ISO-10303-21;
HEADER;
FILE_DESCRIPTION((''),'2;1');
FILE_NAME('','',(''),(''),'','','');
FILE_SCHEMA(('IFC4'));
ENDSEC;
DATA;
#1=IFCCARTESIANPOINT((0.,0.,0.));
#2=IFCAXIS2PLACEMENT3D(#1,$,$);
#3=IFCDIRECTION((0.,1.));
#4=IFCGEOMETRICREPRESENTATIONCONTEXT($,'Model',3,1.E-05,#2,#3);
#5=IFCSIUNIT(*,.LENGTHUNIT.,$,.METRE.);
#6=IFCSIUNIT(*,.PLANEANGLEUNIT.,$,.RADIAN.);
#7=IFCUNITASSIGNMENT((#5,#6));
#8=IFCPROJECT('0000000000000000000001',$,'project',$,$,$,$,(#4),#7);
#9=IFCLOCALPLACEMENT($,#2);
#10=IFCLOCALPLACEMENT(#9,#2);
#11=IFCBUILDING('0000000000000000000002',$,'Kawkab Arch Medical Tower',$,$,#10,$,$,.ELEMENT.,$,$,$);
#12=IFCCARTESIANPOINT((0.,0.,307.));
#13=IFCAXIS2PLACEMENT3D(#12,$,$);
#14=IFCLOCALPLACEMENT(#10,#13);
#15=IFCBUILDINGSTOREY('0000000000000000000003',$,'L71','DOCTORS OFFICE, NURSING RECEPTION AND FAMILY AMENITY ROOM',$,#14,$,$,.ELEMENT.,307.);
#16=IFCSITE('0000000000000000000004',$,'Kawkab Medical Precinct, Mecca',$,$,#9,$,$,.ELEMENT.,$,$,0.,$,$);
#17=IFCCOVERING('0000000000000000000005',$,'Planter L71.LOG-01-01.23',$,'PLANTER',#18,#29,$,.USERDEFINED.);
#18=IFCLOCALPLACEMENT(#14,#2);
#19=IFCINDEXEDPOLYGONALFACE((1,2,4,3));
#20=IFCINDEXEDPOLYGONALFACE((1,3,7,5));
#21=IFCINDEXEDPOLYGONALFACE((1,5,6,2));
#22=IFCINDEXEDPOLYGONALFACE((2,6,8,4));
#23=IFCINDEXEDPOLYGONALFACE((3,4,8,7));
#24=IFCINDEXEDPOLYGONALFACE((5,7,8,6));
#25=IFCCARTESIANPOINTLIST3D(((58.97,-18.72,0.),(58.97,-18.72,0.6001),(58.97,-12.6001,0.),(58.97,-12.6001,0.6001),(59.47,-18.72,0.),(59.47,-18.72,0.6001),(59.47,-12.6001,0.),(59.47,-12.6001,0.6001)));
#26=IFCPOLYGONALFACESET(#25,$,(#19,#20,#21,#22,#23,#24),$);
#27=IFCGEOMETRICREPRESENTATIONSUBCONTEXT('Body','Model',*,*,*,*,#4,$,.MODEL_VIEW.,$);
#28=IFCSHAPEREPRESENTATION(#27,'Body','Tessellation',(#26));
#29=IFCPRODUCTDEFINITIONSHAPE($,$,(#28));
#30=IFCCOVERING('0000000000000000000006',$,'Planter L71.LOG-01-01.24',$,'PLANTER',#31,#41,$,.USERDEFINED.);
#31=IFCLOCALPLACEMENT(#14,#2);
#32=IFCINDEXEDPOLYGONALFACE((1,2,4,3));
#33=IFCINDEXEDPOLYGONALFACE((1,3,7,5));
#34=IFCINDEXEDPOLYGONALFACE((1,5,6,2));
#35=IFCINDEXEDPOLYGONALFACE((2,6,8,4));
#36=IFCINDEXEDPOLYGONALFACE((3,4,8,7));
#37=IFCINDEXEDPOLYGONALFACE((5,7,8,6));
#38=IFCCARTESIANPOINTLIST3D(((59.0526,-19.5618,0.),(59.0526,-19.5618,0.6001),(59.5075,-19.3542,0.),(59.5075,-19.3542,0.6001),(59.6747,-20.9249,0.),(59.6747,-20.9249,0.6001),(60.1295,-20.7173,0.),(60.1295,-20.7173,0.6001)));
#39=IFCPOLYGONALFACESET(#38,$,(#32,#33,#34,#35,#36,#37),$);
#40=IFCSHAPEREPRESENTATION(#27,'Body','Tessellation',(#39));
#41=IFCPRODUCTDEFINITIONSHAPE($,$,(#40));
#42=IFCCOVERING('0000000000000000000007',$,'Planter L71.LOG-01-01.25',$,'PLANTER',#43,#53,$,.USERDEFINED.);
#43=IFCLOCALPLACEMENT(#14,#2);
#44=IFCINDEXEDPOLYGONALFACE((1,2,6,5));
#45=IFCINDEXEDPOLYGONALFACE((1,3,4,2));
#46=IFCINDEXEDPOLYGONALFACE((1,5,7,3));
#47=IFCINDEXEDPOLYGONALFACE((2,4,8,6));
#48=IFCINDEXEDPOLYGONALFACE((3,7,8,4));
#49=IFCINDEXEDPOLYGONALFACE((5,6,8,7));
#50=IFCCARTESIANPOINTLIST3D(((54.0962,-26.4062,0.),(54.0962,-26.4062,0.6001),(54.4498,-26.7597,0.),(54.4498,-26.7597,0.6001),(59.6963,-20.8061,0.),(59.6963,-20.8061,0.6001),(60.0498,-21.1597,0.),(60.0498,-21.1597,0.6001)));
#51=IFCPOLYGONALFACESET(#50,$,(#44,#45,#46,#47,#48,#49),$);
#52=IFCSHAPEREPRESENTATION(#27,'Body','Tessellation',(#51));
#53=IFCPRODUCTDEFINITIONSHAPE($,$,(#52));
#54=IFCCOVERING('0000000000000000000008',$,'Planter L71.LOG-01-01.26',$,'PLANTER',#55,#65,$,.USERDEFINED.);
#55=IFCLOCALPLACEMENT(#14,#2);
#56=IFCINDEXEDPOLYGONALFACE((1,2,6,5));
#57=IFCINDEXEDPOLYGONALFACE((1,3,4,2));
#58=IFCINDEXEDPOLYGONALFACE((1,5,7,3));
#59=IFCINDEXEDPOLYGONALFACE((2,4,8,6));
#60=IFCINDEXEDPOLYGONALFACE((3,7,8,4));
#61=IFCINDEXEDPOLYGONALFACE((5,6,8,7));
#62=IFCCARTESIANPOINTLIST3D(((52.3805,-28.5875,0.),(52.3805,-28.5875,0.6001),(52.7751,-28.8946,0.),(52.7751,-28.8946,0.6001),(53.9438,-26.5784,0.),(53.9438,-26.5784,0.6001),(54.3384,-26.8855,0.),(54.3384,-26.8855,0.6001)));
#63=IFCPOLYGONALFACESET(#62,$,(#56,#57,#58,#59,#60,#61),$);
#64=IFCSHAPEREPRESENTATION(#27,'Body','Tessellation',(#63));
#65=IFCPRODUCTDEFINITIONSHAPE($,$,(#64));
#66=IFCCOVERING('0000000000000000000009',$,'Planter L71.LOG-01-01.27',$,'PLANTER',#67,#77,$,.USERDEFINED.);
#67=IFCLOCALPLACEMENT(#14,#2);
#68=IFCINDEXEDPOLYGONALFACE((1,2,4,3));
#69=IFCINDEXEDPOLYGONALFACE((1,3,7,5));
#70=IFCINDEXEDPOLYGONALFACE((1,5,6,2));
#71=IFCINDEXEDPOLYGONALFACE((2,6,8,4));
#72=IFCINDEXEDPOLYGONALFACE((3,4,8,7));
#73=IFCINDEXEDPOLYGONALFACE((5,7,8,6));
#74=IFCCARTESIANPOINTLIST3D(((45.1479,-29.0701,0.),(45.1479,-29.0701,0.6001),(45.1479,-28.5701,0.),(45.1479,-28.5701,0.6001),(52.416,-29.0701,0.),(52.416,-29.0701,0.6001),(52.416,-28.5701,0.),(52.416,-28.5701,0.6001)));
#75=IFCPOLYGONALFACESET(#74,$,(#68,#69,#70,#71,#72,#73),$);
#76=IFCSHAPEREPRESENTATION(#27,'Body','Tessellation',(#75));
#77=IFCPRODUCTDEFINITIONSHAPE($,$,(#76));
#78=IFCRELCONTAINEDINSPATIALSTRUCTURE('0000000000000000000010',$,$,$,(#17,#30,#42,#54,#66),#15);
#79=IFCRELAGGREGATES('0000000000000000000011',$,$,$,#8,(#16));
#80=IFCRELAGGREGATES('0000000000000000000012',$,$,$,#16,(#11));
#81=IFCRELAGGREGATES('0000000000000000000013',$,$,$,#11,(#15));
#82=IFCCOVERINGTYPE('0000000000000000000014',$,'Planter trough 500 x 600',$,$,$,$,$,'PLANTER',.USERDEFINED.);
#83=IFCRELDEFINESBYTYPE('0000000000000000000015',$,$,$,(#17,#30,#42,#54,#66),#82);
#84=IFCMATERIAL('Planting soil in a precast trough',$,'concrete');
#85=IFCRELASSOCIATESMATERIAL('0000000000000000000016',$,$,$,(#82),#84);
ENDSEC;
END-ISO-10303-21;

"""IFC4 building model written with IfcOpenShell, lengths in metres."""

from ifc_helpers import new_model, si_unit, direction, frame, origin, origin_2d, place, context, subcontext, project, spatial, rectangle, extrude, material, material_profile, profile_set, type_object, element, save


model = new_model("IFC4")

# Units and contexts
model_context = context("Model", 3, precision=1e-05, world=origin(), true_north=direction((0.0, 1.0)))
body_context = subcontext(model_context, "Body", "Model", "MODEL_VIEW")
ifc_project = project(units=[si_unit("LENGTHUNIT", "METRE"), si_unit("PLANEANGLEUNIT", "RADIAN")], contexts=[model_context])

# Site, building, storey
site_placement = place(None, origin())
site = spatial("IfcSite", under=ifc_project, at=site_placement, Name="Kawkab Medical Precinct, Mecca", CompositionType="ELEMENT", RefElevation=0.0)
building_placement = place(site_placement, origin())
building = spatial("IfcBuilding", under=site, at=building_placement, Name="Kawkab Arch Medical Tower", CompositionType="ELEMENT")
storey_placement = place(building_placement, frame((0.0, 0.0, 307.0)))
storey = spatial("IfcBuildingStorey", under=building, at=storey_placement, Name="L71", Description="DOCTORS OFFICE, NURSING RECEPTION AND FAMILY AMENITY ROOM", CompositionType="ELEMENT", Elevation=307.0)

# Coverings
ifc_material_1 = material(Name="Planting soil in a precast trough", Category="concrete")
ifc_material_profile_1 = material_profile(ifc_material_1, rectangle(XDim=0.5, YDim=0.6001, at=origin_2d()), Name="Trough 500x600")
ifc_profile_set_1 = profile_set([ifc_material_profile_1], Name="Planting soil in a precast trough")
covering_type = type_object("IfcCoveringType", Name="Planter trough 500 x 600", ElementType="PLANTER", PredefinedType="USERDEFINED", material=ifc_profile_set_1)
covering_1_placement = place(storey_placement, frame((59.22, -12.6001, 0.3), z_axis=(0.0, -1.0, 0.0), x_axis=(1.0, 0.0, 0.0)))
element("IfcCovering", 1, at=covering_1_placement, inside=storey, type_object=covering_type, Name="Planter L71.LOG-01-01.23", ObjectType="PLANTER", PredefinedType="USERDEFINED", context=body_context, shape_type="SweptSolid", body=[
    extrude(rectangle(XDim=0.5, YDim=0.6001, at=origin_2d()), origin(), (0.0, 0.0, 1.0), 6.1199),
])
covering_2_placement = place(storey_placement, frame((59.28, -19.458, 0.3), z_axis=(0.41519, -0.909735, 0.0), x_axis=(0.909735, 0.41519, 0.0)))
element("IfcCovering", 2, at=covering_2_placement, inside=storey, type_object=covering_type, Name="Planter L71.LOG-01-01.24", ObjectType="PLANTER", PredefinedType="USERDEFINED", context=body_context, shape_type="SweptSolid", body=[
    extrude(rectangle(XDim=0.5, YDim=0.6001, at=origin_2d()), origin(), (0.0, 0.0, 1.0), 1.4983),
])
covering_3_placement = place(storey_placement, frame((59.873, -20.9829, 0.3), z_axis=(-0.707107, -0.707107, 0.0), x_axis=(0.707107, -0.707107, 0.0)))
element("IfcCovering", 3, at=covering_3_placement, inside=storey, type_object=covering_type, Name="Planter L71.LOG-01-01.25", ObjectType="PLANTER", PredefinedType="USERDEFINED", context=body_context, shape_type="SweptSolid", body=[
    extrude(rectangle(XDim=0.5, YDim=0.6001, at=origin_2d()), origin(), (0.0, 0.0, 1.0), 7.9197),
])
covering_4_placement = place(storey_placement, frame((54.1411, -26.7319, 0.3), z_axis=(-0.6141, -0.789228, 0.0), x_axis=(0.789228, -0.6141, 0.0)))
element("IfcCovering", 4, at=covering_4_placement, inside=storey, type_object=covering_type, Name="Planter L71.LOG-01-01.26", ObjectType="PLANTER", PredefinedType="USERDEFINED", context=body_context, shape_type="SweptSolid", body=[
    extrude(rectangle(XDim=0.5, YDim=0.6001, at=origin_2d()), origin(), (0.0, 0.0, 1.0), 2.5457),
])
covering_5_placement = place(storey_placement, frame((52.416, -28.8201, 0.3), z_axis=(-1.0, 0.0, 0.0), x_axis=(0.0, -1.0, 0.0)))
element("IfcCovering", 5, at=covering_5_placement, inside=storey, type_object=covering_type, Name="Planter L71.LOG-01-01.27", ObjectType="PLANTER", PredefinedType="USERDEFINED", context=body_context, shape_type="SweptSolid", body=[
    extrude(rectangle(XDim=0.5, YDim=0.6001, at=origin_2d()), origin(), (0.0, 0.0, 1.0), 7.2681),
])

save(model, "model.ifc")
